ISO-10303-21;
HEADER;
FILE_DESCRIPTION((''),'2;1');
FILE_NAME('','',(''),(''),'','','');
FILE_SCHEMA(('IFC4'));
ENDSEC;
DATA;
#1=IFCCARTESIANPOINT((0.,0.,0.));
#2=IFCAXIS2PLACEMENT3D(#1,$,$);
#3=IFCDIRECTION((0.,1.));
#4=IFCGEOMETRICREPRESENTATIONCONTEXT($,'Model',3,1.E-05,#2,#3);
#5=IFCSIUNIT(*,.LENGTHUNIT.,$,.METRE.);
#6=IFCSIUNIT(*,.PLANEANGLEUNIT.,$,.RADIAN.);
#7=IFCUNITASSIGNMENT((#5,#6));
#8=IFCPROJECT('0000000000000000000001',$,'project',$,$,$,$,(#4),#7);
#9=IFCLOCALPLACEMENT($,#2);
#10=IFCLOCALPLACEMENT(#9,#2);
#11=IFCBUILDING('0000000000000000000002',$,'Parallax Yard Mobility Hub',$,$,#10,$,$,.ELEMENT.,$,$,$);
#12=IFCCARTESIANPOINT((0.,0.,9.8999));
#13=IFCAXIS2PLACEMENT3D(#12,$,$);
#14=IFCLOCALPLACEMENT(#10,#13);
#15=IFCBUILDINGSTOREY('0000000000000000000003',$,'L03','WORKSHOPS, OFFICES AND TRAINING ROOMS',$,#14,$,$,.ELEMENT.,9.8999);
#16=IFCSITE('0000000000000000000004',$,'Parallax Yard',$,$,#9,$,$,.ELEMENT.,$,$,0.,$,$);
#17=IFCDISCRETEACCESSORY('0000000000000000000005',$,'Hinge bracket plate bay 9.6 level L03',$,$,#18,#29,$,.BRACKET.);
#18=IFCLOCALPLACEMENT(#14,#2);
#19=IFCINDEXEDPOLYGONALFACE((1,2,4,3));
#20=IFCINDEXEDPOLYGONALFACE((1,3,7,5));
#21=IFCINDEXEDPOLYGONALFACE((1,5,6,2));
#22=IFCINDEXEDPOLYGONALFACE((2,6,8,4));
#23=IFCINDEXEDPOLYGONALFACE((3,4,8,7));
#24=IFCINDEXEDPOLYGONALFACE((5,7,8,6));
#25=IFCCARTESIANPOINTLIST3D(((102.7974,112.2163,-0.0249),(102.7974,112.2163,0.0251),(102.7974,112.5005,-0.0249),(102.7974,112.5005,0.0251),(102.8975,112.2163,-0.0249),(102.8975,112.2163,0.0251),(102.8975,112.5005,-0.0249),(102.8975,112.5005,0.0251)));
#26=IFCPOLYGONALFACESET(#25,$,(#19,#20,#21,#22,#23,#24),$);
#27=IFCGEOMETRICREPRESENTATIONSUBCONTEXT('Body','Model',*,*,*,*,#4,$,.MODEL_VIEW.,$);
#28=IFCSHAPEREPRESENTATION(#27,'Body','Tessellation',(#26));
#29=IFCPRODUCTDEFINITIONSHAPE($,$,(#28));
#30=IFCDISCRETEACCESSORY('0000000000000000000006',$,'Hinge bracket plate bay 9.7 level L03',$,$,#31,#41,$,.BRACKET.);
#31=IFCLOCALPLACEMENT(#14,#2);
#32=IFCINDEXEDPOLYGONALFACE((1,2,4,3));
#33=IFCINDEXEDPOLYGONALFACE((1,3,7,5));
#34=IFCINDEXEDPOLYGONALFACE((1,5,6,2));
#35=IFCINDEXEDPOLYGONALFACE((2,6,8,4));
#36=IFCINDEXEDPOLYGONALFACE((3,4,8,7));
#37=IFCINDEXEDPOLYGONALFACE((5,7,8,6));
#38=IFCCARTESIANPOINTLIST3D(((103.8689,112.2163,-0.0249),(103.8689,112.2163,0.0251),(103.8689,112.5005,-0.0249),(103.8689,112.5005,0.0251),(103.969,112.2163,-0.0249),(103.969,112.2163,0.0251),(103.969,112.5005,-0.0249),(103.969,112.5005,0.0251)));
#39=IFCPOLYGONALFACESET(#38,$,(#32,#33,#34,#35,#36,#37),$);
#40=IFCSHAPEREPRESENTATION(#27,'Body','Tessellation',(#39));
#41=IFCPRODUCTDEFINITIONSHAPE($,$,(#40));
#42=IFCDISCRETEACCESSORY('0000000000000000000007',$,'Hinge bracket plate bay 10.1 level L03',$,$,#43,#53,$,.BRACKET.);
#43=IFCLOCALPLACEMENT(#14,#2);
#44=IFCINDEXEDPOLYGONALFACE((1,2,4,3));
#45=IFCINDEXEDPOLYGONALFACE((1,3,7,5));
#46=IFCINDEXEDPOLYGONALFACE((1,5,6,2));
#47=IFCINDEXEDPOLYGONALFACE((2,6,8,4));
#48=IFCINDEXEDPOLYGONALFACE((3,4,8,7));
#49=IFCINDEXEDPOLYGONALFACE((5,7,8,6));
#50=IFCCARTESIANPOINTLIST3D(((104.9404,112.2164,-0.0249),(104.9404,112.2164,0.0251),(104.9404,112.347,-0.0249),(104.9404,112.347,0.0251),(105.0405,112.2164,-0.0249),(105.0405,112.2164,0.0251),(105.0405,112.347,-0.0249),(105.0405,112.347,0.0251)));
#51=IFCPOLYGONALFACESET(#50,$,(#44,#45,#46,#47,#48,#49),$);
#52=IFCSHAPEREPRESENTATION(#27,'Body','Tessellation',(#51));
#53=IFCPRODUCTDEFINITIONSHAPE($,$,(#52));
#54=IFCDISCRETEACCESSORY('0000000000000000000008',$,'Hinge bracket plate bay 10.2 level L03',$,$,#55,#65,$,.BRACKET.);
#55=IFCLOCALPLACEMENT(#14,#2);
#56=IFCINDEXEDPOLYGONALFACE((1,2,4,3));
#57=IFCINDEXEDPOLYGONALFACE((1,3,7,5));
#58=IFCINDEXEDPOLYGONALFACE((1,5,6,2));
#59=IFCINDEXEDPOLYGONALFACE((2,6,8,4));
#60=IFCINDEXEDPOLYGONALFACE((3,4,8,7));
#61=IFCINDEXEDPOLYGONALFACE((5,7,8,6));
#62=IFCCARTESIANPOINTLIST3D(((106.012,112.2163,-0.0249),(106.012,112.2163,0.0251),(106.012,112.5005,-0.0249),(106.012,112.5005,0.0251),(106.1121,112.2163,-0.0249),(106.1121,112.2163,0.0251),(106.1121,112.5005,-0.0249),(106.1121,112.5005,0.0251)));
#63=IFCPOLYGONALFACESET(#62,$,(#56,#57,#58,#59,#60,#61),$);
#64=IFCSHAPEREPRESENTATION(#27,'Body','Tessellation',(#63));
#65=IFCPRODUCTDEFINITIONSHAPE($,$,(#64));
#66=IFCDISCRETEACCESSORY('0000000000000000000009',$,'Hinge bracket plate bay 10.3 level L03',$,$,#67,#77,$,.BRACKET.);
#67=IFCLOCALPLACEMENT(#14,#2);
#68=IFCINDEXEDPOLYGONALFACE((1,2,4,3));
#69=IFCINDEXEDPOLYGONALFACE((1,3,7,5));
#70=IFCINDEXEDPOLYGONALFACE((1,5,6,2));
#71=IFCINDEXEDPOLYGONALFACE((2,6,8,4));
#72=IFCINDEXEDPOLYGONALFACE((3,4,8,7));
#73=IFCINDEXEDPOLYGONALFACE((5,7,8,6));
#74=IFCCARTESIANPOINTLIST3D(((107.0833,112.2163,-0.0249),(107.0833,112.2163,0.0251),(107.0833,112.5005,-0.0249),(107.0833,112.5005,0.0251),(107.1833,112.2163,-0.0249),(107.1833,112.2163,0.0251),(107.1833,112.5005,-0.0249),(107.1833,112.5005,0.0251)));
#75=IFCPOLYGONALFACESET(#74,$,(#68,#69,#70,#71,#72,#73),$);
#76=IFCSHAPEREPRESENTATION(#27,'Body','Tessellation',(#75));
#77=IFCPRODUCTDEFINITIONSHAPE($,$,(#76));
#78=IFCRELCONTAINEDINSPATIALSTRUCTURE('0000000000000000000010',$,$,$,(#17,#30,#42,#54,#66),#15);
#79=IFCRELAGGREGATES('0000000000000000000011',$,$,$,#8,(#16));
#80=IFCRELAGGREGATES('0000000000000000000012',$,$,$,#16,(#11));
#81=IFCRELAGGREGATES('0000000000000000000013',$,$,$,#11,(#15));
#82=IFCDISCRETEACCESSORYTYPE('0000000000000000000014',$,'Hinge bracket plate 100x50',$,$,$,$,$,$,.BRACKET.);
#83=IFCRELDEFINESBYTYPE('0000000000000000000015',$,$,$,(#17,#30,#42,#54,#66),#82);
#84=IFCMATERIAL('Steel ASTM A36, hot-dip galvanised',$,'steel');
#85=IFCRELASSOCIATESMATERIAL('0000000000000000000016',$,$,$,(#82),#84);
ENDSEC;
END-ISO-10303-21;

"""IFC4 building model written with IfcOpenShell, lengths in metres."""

from ifc_helpers import new_model, si_unit, direction, frame, origin, origin_2d, place, context, subcontext, project, spatial, rectangle, extrude, material, type_object, element, save


model = new_model("IFC4")

# Units and contexts
model_context = context("Model", 3, precision=1e-05, world=origin(), true_north=direction((0.0, 1.0)))
body_context = subcontext(model_context, "Body", "Model", "MODEL_VIEW")
ifc_project = project(units=[si_unit("LENGTHUNIT", "METRE"), si_unit("PLANEANGLEUNIT", "RADIAN")], contexts=[model_context])

# Site, building, storey
site_placement = place(None, origin())
site = spatial("IfcSite", under=ifc_project, at=site_placement, Name="Parallax Yard", CompositionType="ELEMENT", RefElevation=0.0)
building_placement = place(site_placement, origin())
building = spatial("IfcBuilding", under=site, at=building_placement, Name="Parallax Yard Mobility Hub", CompositionType="ELEMENT")
storey_placement = place(building_placement, frame((0.0, 0.0, 9.8999)))
storey = spatial("IfcBuildingStorey", under=building, at=storey_placement, Name="L03", Description="WORKSHOPS, OFFICES AND TRAINING ROOMS", CompositionType="ELEMENT", Elevation=9.8999)

# Discrete accessories
ifc_material_1 = material(Name="Steel ASTM A36, hot-dip galvanised", Category="steel")
discrete_accessory_type = type_object("IfcDiscreteAccessoryType", Name="Hinge bracket plate 100x50", PredefinedType="BRACKET", material=ifc_material_1)
for number, where, z_axis, x_axis, name in (
    (1, (102.8474, 112.3584, -0.0249), (0.0, 0.0, 1.0), (0.0, -1.0, 0.0), "Hinge bracket plate bay 9.6 level L03"),
    (2, (103.9189, 112.3584, -0.0249), (0.0, 0.0, 1.0), (0.0, -1.0, 0.0), "Hinge bracket plate bay 9.7 level L03"),
):
    element("IfcDiscreteAccessory", number, at=place(storey_placement, frame(where, z_axis=z_axis, x_axis=x_axis)), inside=storey, type_object=discrete_accessory_type, Name=name, PredefinedType="BRACKET", context=body_context, shape_type="SweptSolid", body=[
        extrude(rectangle(XDim=0.2842, YDim=0.1001, at=origin_2d()), origin(), (0.0, 0.0, 1.0), 0.05),
    ])
discrete_accessory_1_placement = place(storey_placement, frame((104.9905, 112.2817, -0.0249), z_axis=(0.0, 0.0, 1.0), x_axis=(0.0, -1.0, 0.0)))
element("IfcDiscreteAccessory", 3, at=discrete_accessory_1_placement, inside=storey, type_object=discrete_accessory_type, Name="Hinge bracket plate bay 10.1 level L03", PredefinedType="BRACKET", context=body_context, shape_type="SweptSolid", body=[
    extrude(rectangle(XDim=0.1306, YDim=0.1001, at=origin_2d()), origin(), (0.0, 0.0, 1.0), 0.05),
])
for number, where, z_axis, x_axis, name in (
    (4, (106.062, 112.3584, -0.0249), (0.0, 0.0, 1.0), (0.0, -1.0, 0.0), "Hinge bracket plate bay 10.2 level L03"),
    (5, (107.1333, 112.3584, -0.0249), (0.0, 0.0, 1.0), (0.0, -1.0, 0.0), "Hinge bracket plate bay 10.3 level L03"),
):
    element("IfcDiscreteAccessory", number, at=place(storey_placement, frame(where, z_axis=z_axis, x_axis=x_axis)), inside=storey, type_object=discrete_accessory_type, Name=name, PredefinedType="BRACKET", context=body_context, shape_type="SweptSolid", body=[
        extrude(rectangle(XDim=0.2842, YDim=0.1001, at=origin_2d()), origin(), (0.0, 0.0, 1.0), 0.05),
    ])

save(model, "model.ifc")
